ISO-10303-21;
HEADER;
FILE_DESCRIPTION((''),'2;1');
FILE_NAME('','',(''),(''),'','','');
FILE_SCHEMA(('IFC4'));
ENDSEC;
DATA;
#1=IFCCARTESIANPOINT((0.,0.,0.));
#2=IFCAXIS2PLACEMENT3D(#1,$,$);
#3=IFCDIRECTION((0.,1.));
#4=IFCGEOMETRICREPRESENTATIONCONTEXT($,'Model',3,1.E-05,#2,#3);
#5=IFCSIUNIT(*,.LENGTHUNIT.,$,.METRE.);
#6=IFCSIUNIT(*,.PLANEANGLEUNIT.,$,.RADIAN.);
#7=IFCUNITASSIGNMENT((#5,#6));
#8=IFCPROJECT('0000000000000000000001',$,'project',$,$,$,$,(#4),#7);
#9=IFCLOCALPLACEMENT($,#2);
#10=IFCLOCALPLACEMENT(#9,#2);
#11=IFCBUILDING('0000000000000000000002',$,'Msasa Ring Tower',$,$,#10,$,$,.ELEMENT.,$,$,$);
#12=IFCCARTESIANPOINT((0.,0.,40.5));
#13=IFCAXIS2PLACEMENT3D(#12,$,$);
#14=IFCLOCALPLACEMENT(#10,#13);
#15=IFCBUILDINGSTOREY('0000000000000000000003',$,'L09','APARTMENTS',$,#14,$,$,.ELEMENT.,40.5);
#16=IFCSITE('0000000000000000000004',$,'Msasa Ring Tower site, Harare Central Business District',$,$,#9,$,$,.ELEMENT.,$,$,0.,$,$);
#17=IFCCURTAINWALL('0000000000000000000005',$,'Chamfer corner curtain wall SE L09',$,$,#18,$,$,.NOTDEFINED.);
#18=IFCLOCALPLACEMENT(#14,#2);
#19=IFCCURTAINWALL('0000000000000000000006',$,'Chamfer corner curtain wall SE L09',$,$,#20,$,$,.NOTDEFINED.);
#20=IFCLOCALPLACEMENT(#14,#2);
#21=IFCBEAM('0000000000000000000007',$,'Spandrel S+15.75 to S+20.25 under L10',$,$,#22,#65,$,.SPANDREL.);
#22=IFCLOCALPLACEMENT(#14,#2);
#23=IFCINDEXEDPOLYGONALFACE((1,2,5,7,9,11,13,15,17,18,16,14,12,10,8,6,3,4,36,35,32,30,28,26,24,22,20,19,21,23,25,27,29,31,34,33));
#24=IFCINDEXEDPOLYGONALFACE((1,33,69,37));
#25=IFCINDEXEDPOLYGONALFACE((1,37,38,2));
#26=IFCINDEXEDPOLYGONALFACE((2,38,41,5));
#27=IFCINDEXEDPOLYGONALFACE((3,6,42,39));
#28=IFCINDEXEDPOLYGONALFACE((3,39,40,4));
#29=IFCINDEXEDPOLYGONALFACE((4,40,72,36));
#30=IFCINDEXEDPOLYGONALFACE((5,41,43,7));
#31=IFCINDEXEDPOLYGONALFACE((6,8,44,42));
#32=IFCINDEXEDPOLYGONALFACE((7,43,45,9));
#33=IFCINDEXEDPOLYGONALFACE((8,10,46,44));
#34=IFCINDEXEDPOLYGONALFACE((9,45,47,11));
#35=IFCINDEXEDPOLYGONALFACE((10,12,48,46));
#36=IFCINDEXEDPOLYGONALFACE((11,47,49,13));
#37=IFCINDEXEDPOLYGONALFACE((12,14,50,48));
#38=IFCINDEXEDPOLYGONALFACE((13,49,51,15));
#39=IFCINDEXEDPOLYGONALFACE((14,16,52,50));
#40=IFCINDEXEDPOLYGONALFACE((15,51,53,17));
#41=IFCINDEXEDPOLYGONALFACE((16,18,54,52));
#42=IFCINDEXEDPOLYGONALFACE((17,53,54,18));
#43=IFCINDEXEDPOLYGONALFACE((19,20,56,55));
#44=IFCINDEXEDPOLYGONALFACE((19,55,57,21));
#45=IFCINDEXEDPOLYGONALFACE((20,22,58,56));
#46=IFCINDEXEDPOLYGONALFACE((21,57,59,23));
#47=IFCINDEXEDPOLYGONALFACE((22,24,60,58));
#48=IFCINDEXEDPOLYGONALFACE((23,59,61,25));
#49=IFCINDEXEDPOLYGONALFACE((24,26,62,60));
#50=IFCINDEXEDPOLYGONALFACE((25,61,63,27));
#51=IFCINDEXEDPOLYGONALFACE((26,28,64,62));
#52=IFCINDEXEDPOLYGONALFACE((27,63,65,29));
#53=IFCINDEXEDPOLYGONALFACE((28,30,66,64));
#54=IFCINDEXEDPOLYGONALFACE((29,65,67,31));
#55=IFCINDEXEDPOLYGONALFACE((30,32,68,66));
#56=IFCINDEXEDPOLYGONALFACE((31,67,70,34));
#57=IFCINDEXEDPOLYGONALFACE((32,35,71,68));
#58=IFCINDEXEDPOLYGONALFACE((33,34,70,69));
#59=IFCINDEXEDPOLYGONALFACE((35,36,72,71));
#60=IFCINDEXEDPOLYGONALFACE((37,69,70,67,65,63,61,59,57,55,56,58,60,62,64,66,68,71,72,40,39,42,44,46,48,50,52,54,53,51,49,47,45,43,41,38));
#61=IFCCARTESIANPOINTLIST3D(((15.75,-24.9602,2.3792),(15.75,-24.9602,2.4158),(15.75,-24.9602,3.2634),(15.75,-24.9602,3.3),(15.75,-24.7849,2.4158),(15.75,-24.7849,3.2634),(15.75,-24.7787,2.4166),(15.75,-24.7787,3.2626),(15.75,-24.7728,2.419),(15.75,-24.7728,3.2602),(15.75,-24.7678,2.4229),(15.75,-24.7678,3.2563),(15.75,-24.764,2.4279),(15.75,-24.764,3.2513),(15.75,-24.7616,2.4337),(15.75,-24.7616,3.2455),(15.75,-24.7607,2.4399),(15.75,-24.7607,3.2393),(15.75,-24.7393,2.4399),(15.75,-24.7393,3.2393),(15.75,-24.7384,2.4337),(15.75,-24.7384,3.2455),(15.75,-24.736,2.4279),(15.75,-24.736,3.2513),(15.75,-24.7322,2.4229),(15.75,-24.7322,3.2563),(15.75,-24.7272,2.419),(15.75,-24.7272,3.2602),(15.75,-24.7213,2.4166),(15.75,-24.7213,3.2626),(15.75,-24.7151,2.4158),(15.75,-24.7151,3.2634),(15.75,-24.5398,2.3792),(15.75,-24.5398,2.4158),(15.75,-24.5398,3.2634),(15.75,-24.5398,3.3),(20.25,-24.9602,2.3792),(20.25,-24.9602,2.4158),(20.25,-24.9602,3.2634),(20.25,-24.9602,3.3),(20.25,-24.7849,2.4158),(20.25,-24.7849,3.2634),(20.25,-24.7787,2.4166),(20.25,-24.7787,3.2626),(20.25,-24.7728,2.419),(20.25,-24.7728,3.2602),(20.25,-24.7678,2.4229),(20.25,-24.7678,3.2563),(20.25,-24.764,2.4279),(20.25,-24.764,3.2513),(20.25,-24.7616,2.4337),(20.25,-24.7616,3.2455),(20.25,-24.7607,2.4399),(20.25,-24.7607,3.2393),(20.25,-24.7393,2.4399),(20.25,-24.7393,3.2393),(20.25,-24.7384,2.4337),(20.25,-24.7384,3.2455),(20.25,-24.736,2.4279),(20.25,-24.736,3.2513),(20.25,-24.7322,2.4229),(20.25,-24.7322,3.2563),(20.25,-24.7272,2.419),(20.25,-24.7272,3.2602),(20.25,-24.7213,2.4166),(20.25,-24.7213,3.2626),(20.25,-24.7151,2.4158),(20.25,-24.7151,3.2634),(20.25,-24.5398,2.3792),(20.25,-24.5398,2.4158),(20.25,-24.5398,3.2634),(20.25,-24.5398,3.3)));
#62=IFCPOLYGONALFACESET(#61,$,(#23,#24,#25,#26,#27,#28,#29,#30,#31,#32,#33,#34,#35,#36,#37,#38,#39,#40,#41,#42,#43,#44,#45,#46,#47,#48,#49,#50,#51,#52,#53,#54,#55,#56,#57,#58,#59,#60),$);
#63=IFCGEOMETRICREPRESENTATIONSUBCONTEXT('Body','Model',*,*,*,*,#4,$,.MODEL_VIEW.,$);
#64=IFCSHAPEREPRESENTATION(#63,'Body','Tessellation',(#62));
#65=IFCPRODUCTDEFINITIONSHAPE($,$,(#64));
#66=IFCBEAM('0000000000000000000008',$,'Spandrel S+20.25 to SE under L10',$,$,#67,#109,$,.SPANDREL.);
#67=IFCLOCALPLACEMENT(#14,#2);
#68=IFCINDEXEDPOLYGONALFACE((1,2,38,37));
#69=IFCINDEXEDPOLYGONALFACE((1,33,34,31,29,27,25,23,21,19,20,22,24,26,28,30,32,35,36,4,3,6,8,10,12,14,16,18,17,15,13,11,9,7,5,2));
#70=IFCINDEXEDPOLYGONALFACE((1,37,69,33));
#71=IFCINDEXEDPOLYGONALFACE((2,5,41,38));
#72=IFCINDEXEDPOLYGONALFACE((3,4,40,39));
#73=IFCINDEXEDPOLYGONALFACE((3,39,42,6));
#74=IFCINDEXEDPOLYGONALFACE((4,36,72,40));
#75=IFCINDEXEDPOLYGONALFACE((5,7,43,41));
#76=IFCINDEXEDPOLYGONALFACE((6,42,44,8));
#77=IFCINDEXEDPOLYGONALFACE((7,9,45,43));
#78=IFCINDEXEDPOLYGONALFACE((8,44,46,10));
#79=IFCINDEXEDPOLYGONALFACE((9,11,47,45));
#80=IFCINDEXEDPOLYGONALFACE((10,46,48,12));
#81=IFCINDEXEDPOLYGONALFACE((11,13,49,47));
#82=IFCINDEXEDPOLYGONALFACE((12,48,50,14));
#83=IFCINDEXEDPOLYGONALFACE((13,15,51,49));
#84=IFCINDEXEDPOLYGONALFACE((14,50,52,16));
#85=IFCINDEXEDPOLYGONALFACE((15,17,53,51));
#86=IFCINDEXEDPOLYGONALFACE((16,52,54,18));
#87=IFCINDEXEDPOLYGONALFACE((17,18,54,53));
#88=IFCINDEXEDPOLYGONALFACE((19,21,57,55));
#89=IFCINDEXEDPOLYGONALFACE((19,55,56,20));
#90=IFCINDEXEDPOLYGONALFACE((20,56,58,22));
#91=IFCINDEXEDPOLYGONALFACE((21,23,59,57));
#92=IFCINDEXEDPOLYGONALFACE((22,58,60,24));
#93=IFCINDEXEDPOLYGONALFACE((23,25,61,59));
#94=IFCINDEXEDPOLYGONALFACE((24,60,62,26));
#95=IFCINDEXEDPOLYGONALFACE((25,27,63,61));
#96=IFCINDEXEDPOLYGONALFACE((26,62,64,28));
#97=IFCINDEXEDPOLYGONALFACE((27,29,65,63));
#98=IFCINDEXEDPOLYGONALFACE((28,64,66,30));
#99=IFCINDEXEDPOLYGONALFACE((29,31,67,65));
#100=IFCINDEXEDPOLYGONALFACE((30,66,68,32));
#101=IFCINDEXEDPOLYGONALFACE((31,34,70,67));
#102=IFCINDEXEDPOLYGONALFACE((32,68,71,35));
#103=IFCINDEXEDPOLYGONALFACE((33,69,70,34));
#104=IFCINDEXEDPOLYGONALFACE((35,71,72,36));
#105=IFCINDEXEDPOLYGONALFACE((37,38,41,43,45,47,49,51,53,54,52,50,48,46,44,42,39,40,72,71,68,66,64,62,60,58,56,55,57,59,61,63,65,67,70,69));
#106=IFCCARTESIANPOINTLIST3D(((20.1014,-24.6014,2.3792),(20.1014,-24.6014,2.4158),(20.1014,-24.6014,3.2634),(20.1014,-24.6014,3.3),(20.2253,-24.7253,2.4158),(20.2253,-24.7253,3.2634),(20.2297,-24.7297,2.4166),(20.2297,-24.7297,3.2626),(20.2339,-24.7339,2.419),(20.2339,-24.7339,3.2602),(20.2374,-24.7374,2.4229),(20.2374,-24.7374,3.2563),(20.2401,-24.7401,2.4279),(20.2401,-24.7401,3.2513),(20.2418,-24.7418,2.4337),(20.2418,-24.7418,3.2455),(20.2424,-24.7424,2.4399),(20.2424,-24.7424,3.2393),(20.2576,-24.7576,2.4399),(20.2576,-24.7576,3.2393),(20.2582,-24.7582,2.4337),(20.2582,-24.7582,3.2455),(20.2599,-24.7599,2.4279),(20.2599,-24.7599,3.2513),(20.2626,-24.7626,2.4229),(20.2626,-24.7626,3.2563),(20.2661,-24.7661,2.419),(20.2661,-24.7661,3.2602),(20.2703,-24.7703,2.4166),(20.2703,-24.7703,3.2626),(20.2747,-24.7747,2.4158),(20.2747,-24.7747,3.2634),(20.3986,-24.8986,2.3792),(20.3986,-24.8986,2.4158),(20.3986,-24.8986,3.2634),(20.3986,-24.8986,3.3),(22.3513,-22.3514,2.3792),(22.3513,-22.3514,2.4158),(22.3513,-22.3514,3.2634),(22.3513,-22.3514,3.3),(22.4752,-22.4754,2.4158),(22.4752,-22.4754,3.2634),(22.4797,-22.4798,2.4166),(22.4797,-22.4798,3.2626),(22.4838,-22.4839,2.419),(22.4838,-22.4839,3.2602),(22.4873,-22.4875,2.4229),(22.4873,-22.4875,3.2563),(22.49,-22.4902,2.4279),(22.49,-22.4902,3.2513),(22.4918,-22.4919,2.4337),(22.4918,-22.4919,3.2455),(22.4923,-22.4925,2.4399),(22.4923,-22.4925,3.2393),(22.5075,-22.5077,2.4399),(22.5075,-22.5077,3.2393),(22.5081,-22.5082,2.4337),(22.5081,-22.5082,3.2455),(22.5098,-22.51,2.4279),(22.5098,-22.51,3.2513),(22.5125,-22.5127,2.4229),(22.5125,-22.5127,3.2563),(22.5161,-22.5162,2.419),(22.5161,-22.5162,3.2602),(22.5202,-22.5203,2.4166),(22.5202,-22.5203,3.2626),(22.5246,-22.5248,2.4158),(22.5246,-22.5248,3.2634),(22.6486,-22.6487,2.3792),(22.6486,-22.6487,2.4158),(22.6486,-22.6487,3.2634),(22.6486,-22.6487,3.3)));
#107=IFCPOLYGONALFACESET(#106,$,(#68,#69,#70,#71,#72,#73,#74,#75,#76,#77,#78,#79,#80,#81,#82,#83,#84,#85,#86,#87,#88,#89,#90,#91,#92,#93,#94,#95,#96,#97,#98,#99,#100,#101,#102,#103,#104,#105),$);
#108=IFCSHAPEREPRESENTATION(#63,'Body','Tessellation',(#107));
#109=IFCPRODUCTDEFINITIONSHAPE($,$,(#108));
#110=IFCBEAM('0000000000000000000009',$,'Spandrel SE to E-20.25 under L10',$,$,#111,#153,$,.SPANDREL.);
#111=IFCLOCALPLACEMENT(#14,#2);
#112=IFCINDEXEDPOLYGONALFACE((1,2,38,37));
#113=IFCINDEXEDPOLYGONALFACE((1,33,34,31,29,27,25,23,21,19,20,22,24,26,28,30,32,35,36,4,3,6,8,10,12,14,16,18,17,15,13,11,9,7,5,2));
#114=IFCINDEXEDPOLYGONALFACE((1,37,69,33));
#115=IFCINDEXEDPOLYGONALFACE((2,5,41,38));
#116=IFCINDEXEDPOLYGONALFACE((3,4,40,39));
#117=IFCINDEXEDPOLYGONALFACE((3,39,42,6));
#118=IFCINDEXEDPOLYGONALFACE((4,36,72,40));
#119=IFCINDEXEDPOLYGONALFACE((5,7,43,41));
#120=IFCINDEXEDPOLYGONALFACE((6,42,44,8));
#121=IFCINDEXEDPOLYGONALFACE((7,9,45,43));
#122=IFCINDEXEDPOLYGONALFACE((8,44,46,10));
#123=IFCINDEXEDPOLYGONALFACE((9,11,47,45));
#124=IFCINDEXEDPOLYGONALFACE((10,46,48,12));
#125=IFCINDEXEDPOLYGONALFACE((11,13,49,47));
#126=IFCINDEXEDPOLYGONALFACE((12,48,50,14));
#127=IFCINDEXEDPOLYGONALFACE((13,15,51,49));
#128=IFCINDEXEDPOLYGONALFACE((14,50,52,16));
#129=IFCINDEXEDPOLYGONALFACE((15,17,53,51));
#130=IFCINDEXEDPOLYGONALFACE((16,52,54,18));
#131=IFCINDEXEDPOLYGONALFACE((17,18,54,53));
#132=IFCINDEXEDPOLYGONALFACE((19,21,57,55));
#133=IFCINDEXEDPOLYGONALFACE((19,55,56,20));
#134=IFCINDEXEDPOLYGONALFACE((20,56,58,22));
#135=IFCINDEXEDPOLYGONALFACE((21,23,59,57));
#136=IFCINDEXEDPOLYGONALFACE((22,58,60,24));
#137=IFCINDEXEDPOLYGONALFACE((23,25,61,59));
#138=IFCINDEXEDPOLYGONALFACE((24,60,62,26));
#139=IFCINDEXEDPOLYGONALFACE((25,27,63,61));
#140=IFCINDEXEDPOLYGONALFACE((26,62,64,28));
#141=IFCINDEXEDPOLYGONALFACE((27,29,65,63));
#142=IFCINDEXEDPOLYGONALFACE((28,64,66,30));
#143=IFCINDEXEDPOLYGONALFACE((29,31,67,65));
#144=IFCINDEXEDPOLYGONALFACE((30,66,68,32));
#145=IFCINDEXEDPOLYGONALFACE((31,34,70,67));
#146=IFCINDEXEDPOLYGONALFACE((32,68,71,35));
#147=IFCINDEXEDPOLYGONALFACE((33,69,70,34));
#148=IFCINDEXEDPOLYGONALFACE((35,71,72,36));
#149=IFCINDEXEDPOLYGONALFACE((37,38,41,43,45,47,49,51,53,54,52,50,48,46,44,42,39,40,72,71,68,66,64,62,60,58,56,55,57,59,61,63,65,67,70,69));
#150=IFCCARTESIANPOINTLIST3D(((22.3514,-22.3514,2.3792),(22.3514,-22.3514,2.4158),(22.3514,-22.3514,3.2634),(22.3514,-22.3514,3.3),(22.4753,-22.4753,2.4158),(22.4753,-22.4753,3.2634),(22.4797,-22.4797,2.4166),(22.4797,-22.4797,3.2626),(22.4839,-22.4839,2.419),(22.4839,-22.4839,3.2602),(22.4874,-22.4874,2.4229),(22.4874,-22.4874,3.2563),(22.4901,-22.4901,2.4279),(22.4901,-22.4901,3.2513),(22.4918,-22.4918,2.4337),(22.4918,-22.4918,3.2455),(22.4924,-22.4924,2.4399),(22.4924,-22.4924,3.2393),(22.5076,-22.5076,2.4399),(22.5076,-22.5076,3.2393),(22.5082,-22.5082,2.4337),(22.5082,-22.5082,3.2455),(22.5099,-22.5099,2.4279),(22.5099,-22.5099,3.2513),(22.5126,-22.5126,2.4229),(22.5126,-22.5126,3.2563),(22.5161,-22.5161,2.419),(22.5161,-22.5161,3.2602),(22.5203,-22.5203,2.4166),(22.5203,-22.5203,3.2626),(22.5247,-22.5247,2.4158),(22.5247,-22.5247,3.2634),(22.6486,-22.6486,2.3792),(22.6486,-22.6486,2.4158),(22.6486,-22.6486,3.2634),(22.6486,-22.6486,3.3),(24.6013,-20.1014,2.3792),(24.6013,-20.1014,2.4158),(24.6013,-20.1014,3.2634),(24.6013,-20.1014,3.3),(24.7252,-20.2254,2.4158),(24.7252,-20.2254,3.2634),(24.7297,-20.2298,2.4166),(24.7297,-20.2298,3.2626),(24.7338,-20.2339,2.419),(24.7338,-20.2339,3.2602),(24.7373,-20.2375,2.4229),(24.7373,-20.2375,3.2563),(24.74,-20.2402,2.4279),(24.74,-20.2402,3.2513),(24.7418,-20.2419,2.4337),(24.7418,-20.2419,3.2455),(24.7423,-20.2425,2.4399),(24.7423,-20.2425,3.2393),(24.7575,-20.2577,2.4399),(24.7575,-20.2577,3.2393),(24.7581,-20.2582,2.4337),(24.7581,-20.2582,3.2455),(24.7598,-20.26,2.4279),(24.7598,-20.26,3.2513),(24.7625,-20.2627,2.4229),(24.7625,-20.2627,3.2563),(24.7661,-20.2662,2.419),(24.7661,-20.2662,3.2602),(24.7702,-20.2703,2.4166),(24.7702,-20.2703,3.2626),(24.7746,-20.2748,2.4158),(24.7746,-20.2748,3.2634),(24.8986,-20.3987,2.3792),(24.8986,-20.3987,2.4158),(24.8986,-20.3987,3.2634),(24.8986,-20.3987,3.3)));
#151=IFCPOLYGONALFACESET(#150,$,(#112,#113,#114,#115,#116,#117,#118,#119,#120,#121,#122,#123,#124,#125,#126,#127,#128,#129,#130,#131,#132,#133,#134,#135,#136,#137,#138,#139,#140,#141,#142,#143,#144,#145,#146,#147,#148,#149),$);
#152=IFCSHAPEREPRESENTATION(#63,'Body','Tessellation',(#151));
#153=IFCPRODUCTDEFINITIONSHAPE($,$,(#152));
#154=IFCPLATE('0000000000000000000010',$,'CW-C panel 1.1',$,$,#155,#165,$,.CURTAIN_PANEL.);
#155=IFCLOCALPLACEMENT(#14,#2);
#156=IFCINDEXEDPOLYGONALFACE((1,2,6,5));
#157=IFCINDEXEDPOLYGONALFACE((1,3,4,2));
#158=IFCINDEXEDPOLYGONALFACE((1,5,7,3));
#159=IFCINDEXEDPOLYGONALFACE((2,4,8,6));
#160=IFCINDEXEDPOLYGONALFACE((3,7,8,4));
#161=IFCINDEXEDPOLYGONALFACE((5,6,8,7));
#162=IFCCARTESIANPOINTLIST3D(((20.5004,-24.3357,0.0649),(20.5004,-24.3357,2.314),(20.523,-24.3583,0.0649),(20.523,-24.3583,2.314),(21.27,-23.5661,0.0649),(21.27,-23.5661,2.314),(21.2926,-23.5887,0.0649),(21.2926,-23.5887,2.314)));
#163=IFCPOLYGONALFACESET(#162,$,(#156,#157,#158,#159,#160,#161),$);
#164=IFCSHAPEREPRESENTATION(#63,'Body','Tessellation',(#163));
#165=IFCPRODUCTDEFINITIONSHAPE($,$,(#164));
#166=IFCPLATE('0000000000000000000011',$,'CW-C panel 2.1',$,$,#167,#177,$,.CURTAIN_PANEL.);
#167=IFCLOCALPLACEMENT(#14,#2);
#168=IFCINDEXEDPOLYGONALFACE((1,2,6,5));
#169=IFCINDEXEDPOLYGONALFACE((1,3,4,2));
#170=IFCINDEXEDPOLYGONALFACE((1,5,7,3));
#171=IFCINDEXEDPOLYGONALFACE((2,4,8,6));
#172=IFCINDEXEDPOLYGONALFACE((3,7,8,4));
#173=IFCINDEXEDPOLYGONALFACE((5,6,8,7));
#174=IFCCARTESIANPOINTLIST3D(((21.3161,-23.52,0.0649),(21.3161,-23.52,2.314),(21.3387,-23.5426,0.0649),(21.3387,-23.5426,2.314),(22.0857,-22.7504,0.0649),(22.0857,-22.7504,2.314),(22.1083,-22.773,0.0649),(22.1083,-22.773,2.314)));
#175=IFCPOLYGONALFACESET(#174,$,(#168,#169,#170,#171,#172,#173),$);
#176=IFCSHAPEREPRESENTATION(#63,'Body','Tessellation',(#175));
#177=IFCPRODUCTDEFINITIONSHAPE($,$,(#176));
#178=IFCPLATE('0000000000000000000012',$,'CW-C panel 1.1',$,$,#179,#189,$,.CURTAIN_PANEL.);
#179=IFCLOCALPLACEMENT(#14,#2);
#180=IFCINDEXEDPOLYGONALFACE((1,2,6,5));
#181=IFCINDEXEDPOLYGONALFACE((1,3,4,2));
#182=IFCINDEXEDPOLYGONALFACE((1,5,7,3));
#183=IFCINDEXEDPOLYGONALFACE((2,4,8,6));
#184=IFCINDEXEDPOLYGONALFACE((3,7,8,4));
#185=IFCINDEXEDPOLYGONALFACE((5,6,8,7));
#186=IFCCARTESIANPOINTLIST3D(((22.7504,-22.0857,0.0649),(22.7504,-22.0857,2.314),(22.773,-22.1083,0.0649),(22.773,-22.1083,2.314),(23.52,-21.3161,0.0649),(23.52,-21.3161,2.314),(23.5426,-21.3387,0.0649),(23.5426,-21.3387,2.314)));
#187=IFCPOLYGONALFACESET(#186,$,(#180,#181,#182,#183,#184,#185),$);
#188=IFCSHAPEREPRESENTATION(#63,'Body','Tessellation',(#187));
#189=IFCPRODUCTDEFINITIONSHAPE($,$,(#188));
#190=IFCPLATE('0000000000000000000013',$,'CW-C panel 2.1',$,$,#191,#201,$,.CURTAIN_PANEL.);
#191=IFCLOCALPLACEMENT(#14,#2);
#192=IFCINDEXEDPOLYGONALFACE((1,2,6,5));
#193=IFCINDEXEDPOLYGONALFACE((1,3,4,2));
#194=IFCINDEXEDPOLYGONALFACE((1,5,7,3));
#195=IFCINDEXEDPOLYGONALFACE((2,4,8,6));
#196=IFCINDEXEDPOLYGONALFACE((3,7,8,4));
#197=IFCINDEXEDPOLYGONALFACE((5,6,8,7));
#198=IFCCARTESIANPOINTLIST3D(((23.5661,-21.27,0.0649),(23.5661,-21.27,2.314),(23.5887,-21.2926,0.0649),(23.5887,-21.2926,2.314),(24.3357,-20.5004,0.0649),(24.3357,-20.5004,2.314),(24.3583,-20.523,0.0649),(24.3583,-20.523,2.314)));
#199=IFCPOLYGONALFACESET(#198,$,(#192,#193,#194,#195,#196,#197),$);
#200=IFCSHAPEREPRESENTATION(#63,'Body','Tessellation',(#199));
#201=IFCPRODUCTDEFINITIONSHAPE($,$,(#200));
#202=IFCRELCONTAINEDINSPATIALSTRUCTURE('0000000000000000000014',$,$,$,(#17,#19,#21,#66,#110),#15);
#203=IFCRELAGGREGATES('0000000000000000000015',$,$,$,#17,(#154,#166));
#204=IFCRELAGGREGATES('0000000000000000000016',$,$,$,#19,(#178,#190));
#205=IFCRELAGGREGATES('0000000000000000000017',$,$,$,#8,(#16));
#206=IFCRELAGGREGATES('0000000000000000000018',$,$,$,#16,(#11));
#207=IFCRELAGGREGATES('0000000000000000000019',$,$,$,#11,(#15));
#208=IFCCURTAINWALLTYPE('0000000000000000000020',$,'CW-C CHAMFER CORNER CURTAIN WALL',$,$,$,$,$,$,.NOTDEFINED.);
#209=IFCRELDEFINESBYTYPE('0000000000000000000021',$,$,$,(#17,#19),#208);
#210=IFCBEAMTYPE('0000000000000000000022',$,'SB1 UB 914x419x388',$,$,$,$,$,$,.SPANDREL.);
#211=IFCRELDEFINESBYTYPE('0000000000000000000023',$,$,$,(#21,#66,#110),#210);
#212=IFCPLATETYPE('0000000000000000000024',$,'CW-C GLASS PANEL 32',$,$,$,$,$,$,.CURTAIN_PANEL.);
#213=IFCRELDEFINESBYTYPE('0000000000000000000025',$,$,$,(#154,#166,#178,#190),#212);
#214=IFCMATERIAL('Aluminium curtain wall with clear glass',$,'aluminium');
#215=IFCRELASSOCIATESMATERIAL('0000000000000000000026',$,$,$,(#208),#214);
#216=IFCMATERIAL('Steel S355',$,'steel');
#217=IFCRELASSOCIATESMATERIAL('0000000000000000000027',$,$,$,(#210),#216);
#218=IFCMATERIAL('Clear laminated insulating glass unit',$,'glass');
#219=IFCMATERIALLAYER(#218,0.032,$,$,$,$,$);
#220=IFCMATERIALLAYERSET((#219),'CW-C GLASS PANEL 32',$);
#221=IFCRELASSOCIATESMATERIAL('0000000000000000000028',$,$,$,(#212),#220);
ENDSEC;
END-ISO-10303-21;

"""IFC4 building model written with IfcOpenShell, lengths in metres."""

from ifc_helpers import new_model, si_unit, direction, frame, origin, origin_2d, place, context, subcontext, project, spatial, rectangle, i_section, extrude, material, layer, layer_set, material_profile, profile_set, type_object, element, aggregate, save


model = new_model("IFC4")

# Units and contexts
model_context = context("Model", 3, precision=1e-05, world=origin(), true_north=direction((0.0, 1.0)))
body_context = subcontext(model_context, "Body", "Model", "MODEL_VIEW")
ifc_project = project(units=[si_unit("LENGTHUNIT", "METRE"), si_unit("PLANEANGLEUNIT", "RADIAN")], contexts=[model_context])

# Site, building, storey
site_placement = place(None, origin())
site = spatial("IfcSite", under=ifc_project, at=site_placement, Name="Msasa Ring Tower site, Harare Central Business District", CompositionType="ELEMENT", RefElevation=0.0)
building_placement = place(site_placement, origin())
building = spatial("IfcBuilding", under=site, at=building_placement, Name="Msasa Ring Tower", CompositionType="ELEMENT")
storey_placement = place(building_placement, frame((0.0, 0.0, 40.5)))
storey = spatial("IfcBuildingStorey", under=building, at=storey_placement, Name="L09", Description="APARTMENTS", CompositionType="ELEMENT", Elevation=40.5)

# Curtain walls
ifc_material_1 = material(Name="Aluminium curtain wall with clear glass", Category="aluminium")
curtain_wall_type = type_object("IfcCurtainWallType", Name="CW-C CHAMFER CORNER CURTAIN WALL", PredefinedType="NOTDEFINED", material=ifc_material_1)
curtain_wall_1_placement = place(storey_placement, origin())
curtain_wall_1 = element("IfcCurtainWall", 1, at=curtain_wall_1_placement, inside=storey, type_object=curtain_wall_type, Name="Chamfer corner curtain wall SE L09", PredefinedType="NOTDEFINED")
curtain_wall_2_placement = place(storey_placement, origin())
curtain_wall_2 = element("IfcCurtainWall", 2, at=curtain_wall_2_placement, inside=storey, type_object=curtain_wall_type, Name="Chamfer corner curtain wall SE L09", PredefinedType="NOTDEFINED")

# Beams
ifc_material_2 = material(Name="Steel S355", Category="steel")
ifc_material_profile_1 = material_profile(ifc_material_2, i_section(OverallWidth=0.4204, OverallDepth=0.9209, WebThickness=0.0215, FlangeThickness=0.0366, FilletRadius=0.0242, at=origin_2d()), Name="UB 914x419x388")
ifc_profile_set_1 = profile_set([ifc_material_profile_1], Name="Steel S355")
beam_type_1 = type_object("IfcBeamType", Name="SB1 UB 914x419x388", PredefinedType="SPANDREL", material=ifc_profile_set_1)
beam_1_placement = place(storey_placement, frame((15.75, -24.75, 2.8396), z_axis=(1.0, 0.0, 0.0), x_axis=(0.0, 1.0, 0.0)))
element("IfcBeam", 3, at=beam_1_placement, inside=storey, type_object=beam_type_1, Name="Spandrel S+15.75 to S+20.25 under L10", PredefinedType="SPANDREL", context=body_context, shape_type="SweptSolid", body=[
    extrude(i_section(OverallWidth=0.4204, OverallDepth=0.9209, WebThickness=0.0215, FlangeThickness=0.0366, FilletRadius=0.0242, at=origin_2d()), origin(), (0.0, 0.0, 1.0), 4.5),
])
for number, where, z_axis, x_axis, name in (
    (4, (20.25, -24.75, 2.8396), (0.707107, 0.707107, 0.0), (-0.707107, 0.707107, 0.0), "Spandrel S+20.25 to SE under L10"),
    (5, (22.5, -22.5, 2.8396), (0.707107, 0.707107, 0.0), (-0.707107, 0.707107, 0.0), "Spandrel SE to E-20.25 under L10"),
):
    element("IfcBeam", number, at=place(storey_placement, frame(where, z_axis=z_axis, x_axis=x_axis)), inside=storey, type_object=beam_type_1, Name=name, PredefinedType="SPANDREL", context=body_context, shape_type="SweptSolid", body=[
        extrude(i_section(OverallWidth=0.4204, OverallDepth=0.9209, WebThickness=0.0215, FlangeThickness=0.0366, FilletRadius=0.0242, at=origin_2d()), origin(), (0.0, 0.0, 1.0), 3.1819),
    ])

# Plates
ifc_material_3 = material(Name="Clear laminated insulating glass unit", Category="glass")
ifc_layer_1 = layer(ifc_material_3, 0.032)
ifc_layer_set_1 = layer_set([ifc_layer_1], Name="CW-C GLASS PANEL 32")
plate_type = type_object("IfcPlateType", Name="CW-C GLASS PANEL 32", PredefinedType="CURTAIN_PANEL", material=ifc_layer_set_1)
plate_1_placement = place(storey_placement, frame((20.8965, -23.9622, 0.0649), z_axis=(0.0, 0.0, 1.0), x_axis=(0.707107, 0.707107, 0.0)))
plate_1 = element("IfcPlate", 6, at=plate_1_placement, type_object=plate_type, Name="CW-C panel 1.1", PredefinedType="CURTAIN_PANEL", context=body_context, shape_type="SweptSolid", body=[
    extrude(rectangle(XDim=1.0884, YDim=0.032, at=origin_2d()), origin(), (0.0, 0.0, 1.0), 2.249),
])
plate_2_placement = place(storey_placement, frame((21.7122, -23.1465, 0.0649), z_axis=(0.0, 0.0, 1.0), x_axis=(0.707107, 0.707107, 0.0)))
plate_2 = element("IfcPlate", 7, at=plate_2_placement, type_object=plate_type, Name="CW-C panel 2.1", PredefinedType="CURTAIN_PANEL", context=body_context, shape_type="SweptSolid", body=[
    extrude(rectangle(XDim=1.0884, YDim=0.032, at=origin_2d()), origin(), (0.0, 0.0, 1.0), 2.249),
])
aggregate(curtain_wall_1, [plate_1, plate_2])
plate_3_placement = place(storey_placement, frame((23.1465, -21.7122, 0.0649), z_axis=(0.0, 0.0, 1.0), x_axis=(0.707107, 0.707107, 0.0)))
plate_3 = element("IfcPlate", 8, at=plate_3_placement, type_object=plate_type, Name="CW-C panel 1.1", PredefinedType="CURTAIN_PANEL", context=body_context, shape_type="SweptSolid", body=[
    extrude(rectangle(XDim=1.0884, YDim=0.032, at=origin_2d()), origin(), (0.0, 0.0, 1.0), 2.249),
])
plate_4_placement = place(storey_placement, frame((23.9622, -20.8965, 0.0649), z_axis=(0.0, 0.0, 1.0), x_axis=(0.707107, 0.707107, 0.0)))
plate_4 = element("IfcPlate", 9, at=plate_4_placement, type_object=plate_type, Name="CW-C panel 2.1", PredefinedType="CURTAIN_PANEL", context=body_context, shape_type="SweptSolid", body=[
    extrude(rectangle(XDim=1.0884, YDim=0.032, at=origin_2d()), origin(), (0.0, 0.0, 1.0), 2.249),
])
aggregate(curtain_wall_2, [plate_3, plate_4])

save(model, "model.ifc")
